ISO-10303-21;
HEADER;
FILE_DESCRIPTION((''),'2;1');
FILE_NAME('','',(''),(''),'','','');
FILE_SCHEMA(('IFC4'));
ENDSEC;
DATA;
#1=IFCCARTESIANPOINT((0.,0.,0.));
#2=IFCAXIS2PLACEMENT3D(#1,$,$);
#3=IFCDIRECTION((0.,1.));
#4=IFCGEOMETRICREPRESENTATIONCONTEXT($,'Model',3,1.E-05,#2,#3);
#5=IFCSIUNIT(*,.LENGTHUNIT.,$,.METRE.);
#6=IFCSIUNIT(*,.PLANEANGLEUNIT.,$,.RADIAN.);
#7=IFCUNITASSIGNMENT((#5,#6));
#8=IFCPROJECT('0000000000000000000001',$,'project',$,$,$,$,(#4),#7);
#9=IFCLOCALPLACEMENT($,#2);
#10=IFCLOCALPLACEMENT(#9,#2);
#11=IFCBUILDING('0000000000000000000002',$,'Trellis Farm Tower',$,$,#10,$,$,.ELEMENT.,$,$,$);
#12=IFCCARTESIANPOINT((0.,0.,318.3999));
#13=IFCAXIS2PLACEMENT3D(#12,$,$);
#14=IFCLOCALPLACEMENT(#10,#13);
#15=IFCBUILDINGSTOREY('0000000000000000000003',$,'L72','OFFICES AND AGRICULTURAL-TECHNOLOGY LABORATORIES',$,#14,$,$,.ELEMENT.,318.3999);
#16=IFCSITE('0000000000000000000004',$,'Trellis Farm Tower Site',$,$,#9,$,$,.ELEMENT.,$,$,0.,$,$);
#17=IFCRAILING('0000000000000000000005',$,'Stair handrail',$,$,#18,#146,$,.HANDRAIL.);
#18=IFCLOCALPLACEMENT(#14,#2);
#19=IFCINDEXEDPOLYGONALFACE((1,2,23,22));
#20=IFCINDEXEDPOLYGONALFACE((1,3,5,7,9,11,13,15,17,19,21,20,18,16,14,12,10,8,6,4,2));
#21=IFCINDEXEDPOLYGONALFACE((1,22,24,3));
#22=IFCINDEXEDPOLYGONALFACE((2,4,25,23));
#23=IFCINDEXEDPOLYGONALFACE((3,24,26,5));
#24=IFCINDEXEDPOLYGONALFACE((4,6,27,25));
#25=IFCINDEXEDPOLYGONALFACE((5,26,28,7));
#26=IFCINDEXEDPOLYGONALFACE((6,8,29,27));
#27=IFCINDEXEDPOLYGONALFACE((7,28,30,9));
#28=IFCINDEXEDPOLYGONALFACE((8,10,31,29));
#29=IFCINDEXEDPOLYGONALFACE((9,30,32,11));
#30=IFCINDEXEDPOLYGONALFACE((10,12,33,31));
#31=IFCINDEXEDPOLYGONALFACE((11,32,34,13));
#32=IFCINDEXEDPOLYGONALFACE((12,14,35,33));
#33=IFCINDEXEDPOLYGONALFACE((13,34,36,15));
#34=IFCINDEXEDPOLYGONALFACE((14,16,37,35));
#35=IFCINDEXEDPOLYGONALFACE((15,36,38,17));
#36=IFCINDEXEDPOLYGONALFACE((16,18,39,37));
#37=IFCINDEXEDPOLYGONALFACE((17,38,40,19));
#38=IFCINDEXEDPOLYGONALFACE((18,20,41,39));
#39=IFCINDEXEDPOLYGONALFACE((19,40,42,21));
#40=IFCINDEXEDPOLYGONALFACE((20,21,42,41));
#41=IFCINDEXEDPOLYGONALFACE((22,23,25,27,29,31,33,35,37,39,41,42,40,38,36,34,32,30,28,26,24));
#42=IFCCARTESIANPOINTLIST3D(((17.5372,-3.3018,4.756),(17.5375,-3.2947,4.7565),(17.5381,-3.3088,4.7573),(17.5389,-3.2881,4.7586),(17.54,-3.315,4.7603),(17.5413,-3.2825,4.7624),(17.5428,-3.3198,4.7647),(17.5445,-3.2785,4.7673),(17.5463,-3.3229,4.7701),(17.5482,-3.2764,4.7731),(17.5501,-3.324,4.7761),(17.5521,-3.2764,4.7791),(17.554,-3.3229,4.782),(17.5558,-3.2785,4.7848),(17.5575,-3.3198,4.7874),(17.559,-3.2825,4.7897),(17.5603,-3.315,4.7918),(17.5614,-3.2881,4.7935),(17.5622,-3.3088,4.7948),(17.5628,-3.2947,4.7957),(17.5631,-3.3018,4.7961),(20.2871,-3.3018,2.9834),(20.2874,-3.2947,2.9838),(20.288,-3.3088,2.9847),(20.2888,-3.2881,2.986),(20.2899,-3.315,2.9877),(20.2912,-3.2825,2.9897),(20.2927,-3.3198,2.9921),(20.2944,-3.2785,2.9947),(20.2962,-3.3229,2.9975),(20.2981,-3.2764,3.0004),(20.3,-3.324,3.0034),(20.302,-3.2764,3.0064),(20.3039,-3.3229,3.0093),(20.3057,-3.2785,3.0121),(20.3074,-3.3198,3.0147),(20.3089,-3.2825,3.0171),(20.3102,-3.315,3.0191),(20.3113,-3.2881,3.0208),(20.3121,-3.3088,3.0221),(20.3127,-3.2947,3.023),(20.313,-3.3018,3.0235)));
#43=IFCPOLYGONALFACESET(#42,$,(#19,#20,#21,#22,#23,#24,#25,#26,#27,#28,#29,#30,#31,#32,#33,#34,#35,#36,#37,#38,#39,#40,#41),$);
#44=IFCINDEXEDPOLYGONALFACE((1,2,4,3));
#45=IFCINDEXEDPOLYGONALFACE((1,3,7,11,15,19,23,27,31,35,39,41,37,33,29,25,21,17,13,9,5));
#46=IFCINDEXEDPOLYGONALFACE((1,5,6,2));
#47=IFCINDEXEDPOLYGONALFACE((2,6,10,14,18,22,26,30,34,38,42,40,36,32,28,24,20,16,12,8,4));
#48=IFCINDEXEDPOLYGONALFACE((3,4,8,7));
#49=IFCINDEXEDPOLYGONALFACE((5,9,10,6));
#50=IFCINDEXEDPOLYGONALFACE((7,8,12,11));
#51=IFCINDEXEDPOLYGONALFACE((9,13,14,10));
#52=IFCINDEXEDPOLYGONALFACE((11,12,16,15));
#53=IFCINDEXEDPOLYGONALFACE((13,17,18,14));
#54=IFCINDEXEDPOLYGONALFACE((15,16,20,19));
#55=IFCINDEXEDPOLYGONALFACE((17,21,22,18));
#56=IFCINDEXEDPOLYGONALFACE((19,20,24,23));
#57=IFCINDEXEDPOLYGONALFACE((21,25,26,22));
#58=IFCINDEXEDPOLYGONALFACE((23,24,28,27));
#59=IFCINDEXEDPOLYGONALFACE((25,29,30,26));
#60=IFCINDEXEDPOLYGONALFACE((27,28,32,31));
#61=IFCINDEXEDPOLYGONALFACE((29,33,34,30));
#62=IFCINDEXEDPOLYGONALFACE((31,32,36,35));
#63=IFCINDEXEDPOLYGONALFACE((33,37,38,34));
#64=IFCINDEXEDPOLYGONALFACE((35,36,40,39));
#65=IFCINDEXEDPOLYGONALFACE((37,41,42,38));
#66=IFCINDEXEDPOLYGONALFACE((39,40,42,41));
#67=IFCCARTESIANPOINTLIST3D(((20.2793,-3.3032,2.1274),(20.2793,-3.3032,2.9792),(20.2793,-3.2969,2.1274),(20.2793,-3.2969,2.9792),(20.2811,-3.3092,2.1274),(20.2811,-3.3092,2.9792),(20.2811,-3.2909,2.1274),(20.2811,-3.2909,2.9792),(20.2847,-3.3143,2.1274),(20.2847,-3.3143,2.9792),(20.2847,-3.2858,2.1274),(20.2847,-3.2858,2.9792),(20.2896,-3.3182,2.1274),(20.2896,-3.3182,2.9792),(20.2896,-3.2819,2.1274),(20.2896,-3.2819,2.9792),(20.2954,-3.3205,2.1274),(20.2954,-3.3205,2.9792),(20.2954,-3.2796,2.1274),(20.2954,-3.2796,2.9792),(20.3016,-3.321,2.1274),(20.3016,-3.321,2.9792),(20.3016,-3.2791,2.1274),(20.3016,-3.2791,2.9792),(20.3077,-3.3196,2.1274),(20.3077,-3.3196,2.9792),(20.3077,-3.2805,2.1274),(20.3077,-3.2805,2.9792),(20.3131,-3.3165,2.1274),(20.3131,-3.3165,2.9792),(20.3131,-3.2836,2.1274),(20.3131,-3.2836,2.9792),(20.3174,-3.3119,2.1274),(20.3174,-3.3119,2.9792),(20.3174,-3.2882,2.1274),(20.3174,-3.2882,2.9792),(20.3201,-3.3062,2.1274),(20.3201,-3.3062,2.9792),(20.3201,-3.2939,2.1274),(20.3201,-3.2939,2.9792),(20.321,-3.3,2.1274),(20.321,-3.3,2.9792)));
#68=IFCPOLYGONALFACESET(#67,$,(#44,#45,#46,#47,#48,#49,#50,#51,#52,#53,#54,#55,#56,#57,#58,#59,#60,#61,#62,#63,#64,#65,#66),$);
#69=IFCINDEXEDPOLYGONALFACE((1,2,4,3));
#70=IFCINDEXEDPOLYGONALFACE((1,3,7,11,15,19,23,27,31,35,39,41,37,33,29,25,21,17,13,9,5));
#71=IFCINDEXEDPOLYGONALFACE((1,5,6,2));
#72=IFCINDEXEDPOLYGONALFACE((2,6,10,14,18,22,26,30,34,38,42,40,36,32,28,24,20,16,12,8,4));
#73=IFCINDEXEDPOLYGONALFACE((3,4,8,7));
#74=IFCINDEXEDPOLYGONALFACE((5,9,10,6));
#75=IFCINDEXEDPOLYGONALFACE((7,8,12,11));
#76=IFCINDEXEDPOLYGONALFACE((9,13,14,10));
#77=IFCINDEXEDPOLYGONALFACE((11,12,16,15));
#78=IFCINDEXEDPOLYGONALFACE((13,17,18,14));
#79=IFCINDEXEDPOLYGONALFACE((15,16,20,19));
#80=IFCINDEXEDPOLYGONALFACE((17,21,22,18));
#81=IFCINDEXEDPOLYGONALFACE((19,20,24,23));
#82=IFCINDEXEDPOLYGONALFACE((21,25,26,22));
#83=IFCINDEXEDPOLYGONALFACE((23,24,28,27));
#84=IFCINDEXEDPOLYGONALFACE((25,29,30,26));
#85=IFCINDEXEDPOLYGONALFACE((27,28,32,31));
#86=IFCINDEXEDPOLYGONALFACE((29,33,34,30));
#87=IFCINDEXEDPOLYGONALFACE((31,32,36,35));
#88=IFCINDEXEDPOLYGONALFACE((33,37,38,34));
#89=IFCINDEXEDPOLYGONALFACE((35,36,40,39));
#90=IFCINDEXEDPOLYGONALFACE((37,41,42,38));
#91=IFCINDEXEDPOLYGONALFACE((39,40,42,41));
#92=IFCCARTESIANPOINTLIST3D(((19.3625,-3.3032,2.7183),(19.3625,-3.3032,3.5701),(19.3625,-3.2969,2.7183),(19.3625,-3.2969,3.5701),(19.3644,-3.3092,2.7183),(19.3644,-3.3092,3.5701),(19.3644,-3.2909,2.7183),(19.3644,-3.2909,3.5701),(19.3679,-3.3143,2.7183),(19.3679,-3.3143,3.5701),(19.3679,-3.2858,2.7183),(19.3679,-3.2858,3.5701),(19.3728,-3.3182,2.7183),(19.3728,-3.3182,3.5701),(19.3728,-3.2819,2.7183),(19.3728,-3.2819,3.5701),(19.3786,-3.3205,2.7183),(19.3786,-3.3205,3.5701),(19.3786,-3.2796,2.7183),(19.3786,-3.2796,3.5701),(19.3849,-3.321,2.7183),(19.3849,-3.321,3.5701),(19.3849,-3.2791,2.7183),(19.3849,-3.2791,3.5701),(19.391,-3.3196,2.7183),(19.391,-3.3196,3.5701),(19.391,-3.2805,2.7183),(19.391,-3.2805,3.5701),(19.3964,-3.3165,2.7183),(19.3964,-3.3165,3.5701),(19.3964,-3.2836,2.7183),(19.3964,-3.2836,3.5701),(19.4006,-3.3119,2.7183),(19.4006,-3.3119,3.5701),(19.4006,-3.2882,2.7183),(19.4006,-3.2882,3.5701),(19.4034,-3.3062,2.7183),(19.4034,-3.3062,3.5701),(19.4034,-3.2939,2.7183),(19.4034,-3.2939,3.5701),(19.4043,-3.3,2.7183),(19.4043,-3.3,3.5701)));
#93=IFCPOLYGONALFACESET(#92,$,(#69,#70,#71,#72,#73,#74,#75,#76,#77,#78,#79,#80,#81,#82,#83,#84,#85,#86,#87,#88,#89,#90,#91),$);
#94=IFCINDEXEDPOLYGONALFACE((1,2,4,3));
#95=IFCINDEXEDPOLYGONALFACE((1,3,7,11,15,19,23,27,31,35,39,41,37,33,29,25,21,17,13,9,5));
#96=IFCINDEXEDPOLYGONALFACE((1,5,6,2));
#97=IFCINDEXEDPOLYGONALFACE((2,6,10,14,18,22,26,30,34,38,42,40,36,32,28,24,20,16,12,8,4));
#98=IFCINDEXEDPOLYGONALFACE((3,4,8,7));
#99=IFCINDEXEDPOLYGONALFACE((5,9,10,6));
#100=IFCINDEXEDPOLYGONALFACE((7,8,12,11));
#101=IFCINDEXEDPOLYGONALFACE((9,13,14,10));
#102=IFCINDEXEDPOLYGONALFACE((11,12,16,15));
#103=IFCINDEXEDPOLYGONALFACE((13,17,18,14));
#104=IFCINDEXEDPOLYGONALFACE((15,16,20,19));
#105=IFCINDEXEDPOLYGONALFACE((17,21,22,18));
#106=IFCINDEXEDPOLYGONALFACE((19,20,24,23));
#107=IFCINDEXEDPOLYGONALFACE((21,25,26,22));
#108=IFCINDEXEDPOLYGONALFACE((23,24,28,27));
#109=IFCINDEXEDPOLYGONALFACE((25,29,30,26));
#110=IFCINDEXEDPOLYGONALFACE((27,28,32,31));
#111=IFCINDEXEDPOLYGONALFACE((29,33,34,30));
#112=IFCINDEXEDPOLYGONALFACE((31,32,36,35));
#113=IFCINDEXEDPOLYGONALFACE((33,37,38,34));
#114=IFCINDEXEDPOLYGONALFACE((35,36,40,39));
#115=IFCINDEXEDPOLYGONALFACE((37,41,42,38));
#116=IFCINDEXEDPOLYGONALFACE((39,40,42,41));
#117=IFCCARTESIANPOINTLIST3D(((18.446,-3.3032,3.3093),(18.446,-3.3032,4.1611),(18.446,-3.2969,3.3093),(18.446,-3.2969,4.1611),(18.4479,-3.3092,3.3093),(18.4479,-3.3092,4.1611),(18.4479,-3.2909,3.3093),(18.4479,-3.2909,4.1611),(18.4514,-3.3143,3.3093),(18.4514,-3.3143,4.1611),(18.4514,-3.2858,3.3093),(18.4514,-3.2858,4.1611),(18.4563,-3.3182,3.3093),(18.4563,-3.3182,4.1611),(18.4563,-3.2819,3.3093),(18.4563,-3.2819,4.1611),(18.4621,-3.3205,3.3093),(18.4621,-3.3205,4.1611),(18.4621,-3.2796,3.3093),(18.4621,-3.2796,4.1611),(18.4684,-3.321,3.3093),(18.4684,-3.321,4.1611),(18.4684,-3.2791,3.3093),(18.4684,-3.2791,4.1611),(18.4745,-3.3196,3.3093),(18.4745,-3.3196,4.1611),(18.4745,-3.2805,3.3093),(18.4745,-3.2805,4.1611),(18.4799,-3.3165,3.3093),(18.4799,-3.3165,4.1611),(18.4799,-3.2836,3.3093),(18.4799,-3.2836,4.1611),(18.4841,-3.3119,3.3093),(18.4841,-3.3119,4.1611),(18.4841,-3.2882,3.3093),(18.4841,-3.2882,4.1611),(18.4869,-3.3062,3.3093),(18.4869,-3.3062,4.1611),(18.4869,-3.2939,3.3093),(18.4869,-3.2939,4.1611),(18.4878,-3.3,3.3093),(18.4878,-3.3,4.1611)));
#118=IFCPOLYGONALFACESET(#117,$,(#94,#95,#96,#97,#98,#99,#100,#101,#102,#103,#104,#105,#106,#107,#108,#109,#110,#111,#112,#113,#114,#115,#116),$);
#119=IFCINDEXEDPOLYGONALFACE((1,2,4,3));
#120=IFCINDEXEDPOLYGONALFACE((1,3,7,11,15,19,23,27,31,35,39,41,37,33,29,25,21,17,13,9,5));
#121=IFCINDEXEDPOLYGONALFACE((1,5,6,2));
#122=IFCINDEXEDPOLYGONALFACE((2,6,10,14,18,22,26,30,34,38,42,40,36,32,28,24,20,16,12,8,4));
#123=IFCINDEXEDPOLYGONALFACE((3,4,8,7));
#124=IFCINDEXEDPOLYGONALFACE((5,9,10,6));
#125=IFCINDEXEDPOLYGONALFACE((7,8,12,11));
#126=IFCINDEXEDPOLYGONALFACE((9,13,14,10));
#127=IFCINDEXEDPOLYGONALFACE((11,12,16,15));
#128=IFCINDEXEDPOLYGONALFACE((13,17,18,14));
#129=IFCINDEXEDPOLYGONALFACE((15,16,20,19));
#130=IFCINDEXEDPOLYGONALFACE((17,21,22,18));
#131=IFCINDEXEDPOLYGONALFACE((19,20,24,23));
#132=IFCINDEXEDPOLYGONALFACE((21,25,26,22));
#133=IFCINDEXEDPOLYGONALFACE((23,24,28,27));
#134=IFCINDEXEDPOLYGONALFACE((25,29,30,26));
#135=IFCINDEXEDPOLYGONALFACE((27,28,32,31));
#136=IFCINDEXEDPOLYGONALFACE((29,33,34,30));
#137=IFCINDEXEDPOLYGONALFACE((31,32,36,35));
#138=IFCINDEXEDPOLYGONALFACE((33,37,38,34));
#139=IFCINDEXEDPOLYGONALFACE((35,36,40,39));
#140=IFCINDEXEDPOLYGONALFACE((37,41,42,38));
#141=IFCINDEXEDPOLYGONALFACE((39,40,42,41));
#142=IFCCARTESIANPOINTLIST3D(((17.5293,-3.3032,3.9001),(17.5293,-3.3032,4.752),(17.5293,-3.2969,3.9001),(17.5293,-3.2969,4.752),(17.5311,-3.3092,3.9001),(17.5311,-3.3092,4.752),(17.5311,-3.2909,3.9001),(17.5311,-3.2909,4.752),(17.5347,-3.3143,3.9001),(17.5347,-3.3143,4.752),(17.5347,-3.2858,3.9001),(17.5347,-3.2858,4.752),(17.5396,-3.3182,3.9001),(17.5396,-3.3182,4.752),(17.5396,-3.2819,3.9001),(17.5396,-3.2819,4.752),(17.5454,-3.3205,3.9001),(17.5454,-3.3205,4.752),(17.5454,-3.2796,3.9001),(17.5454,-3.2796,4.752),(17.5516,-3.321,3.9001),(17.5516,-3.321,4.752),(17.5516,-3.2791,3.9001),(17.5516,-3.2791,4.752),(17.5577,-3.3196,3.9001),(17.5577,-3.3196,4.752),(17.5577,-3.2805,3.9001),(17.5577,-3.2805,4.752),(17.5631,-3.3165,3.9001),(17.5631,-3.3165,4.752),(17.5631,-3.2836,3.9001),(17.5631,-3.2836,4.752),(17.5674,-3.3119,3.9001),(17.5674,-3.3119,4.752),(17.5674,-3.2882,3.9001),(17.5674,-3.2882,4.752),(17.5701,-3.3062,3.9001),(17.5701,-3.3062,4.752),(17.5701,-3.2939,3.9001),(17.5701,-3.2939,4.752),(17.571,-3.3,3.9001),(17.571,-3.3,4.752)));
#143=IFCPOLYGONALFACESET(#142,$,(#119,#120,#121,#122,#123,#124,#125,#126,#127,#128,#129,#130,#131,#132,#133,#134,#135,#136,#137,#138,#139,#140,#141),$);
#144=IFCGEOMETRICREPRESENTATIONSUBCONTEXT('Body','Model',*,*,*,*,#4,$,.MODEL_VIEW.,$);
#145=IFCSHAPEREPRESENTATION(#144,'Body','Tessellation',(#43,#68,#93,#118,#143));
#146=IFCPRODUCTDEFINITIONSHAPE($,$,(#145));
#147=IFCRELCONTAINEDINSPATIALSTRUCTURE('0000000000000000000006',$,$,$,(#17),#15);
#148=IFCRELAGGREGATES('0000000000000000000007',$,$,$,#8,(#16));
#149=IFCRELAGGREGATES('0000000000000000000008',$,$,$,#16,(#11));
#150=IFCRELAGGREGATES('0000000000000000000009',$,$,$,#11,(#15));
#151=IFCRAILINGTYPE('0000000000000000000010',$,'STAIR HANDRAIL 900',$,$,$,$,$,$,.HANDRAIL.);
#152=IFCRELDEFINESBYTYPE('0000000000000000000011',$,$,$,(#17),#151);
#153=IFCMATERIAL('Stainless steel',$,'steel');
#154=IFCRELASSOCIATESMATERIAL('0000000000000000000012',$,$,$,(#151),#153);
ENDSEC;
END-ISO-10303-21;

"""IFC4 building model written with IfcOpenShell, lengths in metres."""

from ifc_helpers import new_model, si_unit, direction, frame, origin, origin_2d, place, context, subcontext, project, spatial, circle, extrude, source, transform, mapped, material, type_object, element, save


model = new_model("IFC4")

# Units and contexts
model_context = context("Model", 3, precision=1e-05, world=origin(), true_north=direction((0.0, 1.0)))
body_context = subcontext(model_context, "Body", "Model", "MODEL_VIEW")
ifc_project = project(units=[si_unit("LENGTHUNIT", "METRE"), si_unit("PLANEANGLEUNIT", "RADIAN")], contexts=[model_context])

# Site, building, storey
site_placement = place(None, origin())
site = spatial("IfcSite", under=ifc_project, at=site_placement, Name="Trellis Farm Tower Site", CompositionType="ELEMENT", RefElevation=0.0)
building_placement = place(site_placement, origin())
building = spatial("IfcBuilding", under=site, at=building_placement, Name="Trellis Farm Tower", CompositionType="ELEMENT")
storey_placement = place(building_placement, frame((0.0, 0.0, 318.3999)))
storey = spatial("IfcBuildingStorey", under=building, at=storey_placement, Name="L72", Description="OFFICES AND AGRICULTURAL-TECHNOLOGY LABORATORIES", CompositionType="ELEMENT", Elevation=318.3999)

# Railing
ifc_material_1 = material(Name="Stainless steel", Category="steel")
railing_type = type_object("IfcRailingType", Name="STAIR HANDRAIL 900", PredefinedType="HANDRAIL", material=ifc_material_1)
shared_shape_1 = source(origin(), body_context, "Body", "SweptSolid", [
    extrude(circle(Radius=0.0239, at=origin_2d()), frame((0.0, 0.0, 0.876), z_axis=(-0.840504, 0.0, 0.541806), x_axis=(0.0, -1.0, 0.0)), (0.0, 0.0, 1.0), 3.2717),
    extrude(circle(Radius=0.021, at=origin_2d()), origin(), (0.0, 0.0, 1.0), 0.8518),
    extrude(circle(Radius=0.021, at=origin_2d()), frame((-0.9167, 0.0, 0.5908)), (0.0, 0.0, 1.0), 0.8518),
    extrude(circle(Radius=0.021, at=origin_2d()), frame((-1.8333, 0.0, 1.1819)), (0.0, 0.0, 1.0), 0.8518),
    extrude(circle(Radius=0.021, at=origin_2d()), frame((-2.75, 0.0, 1.7727)), (0.0, 0.0, 1.0), 0.8518),
])
for number, where, name in (
    (1, (20.3, -3.3, 2.1274), "Stair handrail"),
):
    element("IfcRailing", number, at=place(storey_placement, frame(where)), inside=storey, type_object=railing_type, Name=name, PredefinedType="HANDRAIL", context=body_context, shape_type="MappedRepresentation", body=[
        mapped(shared_shape_1, transform((0.0, 0.0, 0.0))),
    ])

save(model, "model.ifc")
